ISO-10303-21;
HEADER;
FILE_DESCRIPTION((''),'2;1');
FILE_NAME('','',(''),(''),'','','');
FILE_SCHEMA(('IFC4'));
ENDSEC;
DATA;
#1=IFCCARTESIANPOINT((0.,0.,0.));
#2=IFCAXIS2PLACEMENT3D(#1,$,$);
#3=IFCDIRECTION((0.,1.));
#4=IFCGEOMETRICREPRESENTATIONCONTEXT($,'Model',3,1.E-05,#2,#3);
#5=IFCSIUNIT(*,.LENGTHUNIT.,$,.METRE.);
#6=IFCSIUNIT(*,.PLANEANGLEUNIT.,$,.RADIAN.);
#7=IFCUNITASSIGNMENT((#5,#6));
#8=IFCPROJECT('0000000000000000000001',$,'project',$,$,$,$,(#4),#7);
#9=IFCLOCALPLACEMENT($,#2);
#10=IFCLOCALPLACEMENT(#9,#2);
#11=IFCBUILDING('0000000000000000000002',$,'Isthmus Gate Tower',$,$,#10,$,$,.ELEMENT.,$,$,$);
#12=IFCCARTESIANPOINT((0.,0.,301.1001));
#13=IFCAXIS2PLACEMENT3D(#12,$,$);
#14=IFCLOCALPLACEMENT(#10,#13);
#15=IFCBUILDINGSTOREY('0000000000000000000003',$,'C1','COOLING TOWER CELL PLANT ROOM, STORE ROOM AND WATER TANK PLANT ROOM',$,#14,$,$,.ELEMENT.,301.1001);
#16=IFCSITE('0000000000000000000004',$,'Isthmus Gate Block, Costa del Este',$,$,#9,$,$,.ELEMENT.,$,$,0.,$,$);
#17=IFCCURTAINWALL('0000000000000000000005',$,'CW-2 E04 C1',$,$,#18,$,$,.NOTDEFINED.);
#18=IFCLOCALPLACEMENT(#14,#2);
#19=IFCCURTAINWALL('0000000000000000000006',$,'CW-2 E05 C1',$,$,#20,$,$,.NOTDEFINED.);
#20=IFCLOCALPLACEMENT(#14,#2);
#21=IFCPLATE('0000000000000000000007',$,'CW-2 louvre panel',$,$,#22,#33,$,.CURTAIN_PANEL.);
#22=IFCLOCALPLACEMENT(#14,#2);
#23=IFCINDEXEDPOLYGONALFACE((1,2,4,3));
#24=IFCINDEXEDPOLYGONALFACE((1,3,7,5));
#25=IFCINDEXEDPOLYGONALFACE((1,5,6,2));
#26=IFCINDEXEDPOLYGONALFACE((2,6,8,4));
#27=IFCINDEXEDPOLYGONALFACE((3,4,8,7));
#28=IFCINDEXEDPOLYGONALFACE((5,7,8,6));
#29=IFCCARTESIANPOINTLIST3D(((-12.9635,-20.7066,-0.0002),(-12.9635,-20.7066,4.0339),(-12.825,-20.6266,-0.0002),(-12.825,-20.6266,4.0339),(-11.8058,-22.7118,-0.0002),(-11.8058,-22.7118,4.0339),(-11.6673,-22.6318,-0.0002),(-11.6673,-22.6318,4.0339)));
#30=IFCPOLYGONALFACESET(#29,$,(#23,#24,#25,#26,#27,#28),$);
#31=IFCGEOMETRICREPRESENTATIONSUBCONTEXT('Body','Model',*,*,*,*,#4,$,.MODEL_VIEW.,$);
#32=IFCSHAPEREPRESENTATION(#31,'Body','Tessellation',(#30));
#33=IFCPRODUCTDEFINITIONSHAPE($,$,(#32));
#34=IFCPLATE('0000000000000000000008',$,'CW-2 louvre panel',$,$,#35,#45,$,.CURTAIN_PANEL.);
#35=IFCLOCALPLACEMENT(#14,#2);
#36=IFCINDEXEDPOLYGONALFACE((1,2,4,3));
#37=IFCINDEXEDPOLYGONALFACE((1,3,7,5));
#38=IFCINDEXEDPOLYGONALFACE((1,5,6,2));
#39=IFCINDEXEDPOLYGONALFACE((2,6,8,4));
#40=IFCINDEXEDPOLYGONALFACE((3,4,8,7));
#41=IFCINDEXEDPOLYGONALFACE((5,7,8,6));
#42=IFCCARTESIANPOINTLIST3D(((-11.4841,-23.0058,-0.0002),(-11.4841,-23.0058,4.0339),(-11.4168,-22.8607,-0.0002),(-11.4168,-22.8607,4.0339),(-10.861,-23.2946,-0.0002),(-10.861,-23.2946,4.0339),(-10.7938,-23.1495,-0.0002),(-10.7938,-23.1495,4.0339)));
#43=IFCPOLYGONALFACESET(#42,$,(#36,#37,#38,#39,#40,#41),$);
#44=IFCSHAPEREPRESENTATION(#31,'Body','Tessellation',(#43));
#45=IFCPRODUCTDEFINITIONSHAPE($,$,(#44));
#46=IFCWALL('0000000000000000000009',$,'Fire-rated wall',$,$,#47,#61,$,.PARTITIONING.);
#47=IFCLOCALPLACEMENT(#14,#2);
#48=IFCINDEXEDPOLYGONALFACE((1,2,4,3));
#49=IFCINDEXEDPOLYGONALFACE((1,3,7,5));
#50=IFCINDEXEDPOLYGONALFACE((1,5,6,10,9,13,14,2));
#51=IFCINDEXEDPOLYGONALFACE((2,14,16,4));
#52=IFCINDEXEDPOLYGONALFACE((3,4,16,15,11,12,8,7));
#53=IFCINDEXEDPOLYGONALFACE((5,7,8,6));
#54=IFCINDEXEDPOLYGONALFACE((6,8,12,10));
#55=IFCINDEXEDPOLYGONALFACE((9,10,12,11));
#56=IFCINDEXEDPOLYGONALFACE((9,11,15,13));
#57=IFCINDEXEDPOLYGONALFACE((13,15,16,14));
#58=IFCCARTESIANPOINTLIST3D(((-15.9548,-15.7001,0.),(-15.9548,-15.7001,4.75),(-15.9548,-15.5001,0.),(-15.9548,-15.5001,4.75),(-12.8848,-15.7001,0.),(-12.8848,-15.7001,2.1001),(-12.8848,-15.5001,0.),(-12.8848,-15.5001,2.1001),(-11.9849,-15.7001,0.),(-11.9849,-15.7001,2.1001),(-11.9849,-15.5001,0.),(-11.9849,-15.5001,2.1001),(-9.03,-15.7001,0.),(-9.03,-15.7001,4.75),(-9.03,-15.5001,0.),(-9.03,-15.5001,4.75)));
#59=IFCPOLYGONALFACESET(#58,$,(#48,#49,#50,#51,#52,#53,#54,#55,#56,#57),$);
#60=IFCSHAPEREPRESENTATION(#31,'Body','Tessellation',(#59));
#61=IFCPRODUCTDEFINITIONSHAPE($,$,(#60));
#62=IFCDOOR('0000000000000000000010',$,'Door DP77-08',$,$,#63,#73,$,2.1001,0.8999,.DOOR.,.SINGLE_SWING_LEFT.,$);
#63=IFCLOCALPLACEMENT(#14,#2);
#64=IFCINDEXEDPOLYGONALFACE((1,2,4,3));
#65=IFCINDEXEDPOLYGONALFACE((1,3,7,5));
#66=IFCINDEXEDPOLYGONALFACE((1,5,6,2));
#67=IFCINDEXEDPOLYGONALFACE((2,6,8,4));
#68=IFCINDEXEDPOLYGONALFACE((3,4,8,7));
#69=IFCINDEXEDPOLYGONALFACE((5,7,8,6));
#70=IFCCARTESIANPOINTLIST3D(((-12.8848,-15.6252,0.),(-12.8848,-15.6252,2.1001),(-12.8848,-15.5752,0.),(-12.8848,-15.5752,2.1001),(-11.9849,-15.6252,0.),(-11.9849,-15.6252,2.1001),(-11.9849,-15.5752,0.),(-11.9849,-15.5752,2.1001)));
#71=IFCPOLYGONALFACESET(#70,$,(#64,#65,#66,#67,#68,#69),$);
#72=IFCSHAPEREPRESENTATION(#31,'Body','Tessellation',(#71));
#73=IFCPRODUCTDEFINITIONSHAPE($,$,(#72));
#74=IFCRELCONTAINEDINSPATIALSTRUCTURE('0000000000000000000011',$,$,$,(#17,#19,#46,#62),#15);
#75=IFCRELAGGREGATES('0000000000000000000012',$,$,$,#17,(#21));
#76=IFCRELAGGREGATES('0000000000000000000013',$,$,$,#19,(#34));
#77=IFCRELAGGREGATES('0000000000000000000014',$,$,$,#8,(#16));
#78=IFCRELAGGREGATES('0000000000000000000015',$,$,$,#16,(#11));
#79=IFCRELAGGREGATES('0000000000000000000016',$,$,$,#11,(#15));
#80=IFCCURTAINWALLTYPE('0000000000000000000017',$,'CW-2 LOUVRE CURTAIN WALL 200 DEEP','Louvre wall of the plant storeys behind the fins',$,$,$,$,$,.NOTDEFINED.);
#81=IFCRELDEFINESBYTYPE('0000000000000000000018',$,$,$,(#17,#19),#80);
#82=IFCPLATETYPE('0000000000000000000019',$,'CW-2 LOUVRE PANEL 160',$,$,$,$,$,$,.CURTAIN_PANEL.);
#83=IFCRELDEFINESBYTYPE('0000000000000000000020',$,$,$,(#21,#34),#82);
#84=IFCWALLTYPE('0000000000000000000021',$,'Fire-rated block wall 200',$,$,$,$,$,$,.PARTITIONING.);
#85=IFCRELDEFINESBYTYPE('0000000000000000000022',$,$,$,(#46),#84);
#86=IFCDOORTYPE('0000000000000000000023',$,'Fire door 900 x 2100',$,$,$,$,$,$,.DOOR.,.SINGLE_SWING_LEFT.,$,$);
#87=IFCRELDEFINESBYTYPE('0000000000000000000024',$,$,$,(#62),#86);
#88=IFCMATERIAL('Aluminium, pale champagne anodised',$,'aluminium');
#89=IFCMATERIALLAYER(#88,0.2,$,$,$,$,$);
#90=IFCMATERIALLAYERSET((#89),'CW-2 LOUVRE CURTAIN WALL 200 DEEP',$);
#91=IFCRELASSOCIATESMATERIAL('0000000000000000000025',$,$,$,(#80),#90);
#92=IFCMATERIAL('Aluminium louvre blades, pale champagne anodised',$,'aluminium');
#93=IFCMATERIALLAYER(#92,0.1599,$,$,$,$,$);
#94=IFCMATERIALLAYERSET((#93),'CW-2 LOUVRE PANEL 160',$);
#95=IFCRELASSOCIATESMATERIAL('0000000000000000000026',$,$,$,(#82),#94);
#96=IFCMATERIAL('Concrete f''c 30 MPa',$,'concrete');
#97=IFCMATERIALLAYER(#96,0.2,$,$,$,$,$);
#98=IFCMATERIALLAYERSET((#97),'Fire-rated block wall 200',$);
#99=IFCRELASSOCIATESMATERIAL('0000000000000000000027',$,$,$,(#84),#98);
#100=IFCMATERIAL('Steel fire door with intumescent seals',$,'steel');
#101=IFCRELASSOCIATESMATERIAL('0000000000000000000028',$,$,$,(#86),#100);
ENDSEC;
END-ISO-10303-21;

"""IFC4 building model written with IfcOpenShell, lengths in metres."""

from ifc_helpers import new_model, si_unit, direction, frame, frame_2d, origin, origin_2d, place, context, subcontext, project, spatial, rectangle, extrude, material, layer, layer_set, type_object, element, fill, aggregate, save


model = new_model("IFC4")

# Units and contexts
model_context = context("Model", 3, precision=1e-05, world=origin(), true_north=direction((0.0, 1.0)))
body_context = subcontext(model_context, "Body", "Model", "MODEL_VIEW")
ifc_project = project(units=[si_unit("LENGTHUNIT", "METRE"), si_unit("PLANEANGLEUNIT", "RADIAN")], contexts=[model_context])

# Site, building, storey
site_placement = place(None, origin())
site = spatial("IfcSite", under=ifc_project, at=site_placement, Name="Isthmus Gate Block, Costa del Este", CompositionType="ELEMENT", RefElevation=0.0)
building_placement = place(site_placement, origin())
building = spatial("IfcBuilding", under=site, at=building_placement, Name="Isthmus Gate Tower", CompositionType="ELEMENT")
storey_placement = place(building_placement, frame((0.0, 0.0, 301.1001)))
storey = spatial("IfcBuildingStorey", under=building, at=storey_placement, Name="C1", Description="COOLING TOWER CELL PLANT ROOM, STORE ROOM AND WATER TANK PLANT ROOM", CompositionType="ELEMENT", Elevation=301.1001)

# Curtain wall
ifc_material_1 = material(Name="Aluminium, pale champagne anodised", Category="aluminium")
ifc_layer_1 = layer(ifc_material_1, 0.2)
ifc_layer_set_1 = layer_set([ifc_layer_1], Name="CW-2 LOUVRE CURTAIN WALL 200 DEEP")
curtain_wall_type = type_object("IfcCurtainWallType", Name="CW-2 LOUVRE CURTAIN WALL 200 DEEP", Description="Louvre wall of the plant storeys behind the fins", PredefinedType="NOTDEFINED", material=ifc_layer_set_1)
curtain_wall_1_placement = place(storey_placement, origin())
curtain_wall_1 = element("IfcCurtainWall", 1, at=curtain_wall_1_placement, inside=storey, type_object=curtain_wall_type, Name="CW-2 E04 C1", PredefinedType="NOTDEFINED")

# Curtain wall
curtain_wall_2_placement = place(storey_placement, origin())
curtain_wall_2 = element("IfcCurtainWall", 2, at=curtain_wall_2_placement, inside=storey, type_object=curtain_wall_type, Name="CW-2 E05 C1", PredefinedType="NOTDEFINED")

# Plates
ifc_material_2 = material(Name="Aluminium louvre blades, pale champagne anodised", Category="aluminium")
ifc_layer_2 = layer(ifc_material_2, 0.1599)
ifc_layer_set_2 = layer_set([ifc_layer_2], Name="CW-2 LOUVRE PANEL 160")
plate_type = type_object("IfcPlateType", Name="CW-2 LOUVRE PANEL 160", PredefinedType="CURTAIN_PANEL", material=ifc_layer_set_2)
plate_1_placement = place(storey_placement, frame((-12.3154, -21.6692, -0.0002), z_axis=(0.0, 0.0, 1.0), x_axis=(0.5, -0.866025, 0.0)))
plate_1 = element("IfcPlate", 3, at=plate_1_placement, type_object=plate_type, Name="CW-2 louvre panel", PredefinedType="CURTAIN_PANEL", context=body_context, shape_type="SweptSolid", body=[
    extrude(rectangle(XDim=2.3154, YDim=0.1599, at=origin_2d()), origin(), (0.0, 0.0, 1.0), 4.0342),
])
aggregate(curtain_wall_1, [plate_1])
plate_2_placement = place(storey_placement, frame((-11.1389, -23.0776, -0.0002), z_axis=(0.0, 0.0, 1.0), x_axis=(0.907256, -0.420578, 0.0)))
plate_2 = element("IfcPlate", 4, at=plate_2_placement, type_object=plate_type, Name="CW-2 louvre panel", PredefinedType="CURTAIN_PANEL", context=body_context, shape_type="SweptSolid", body=[
    extrude(rectangle(XDim=0.6868, YDim=0.1599, at=origin_2d()), origin(), (0.0, 0.0, 1.0), 4.0342),
])
aggregate(curtain_wall_2, [plate_2])

# Wall, opening, door
ifc_material_3 = material(Name="Concrete f'c 30 MPa", Category="concrete")
ifc_layer_3 = layer(ifc_material_3, 0.2)
ifc_layer_set_3 = layer_set([ifc_layer_3], Name="Fire-rated block wall 200")
wall_type = type_object("IfcWallType", Name="Fire-rated block wall 200", PredefinedType="PARTITIONING", material=ifc_layer_set_3)
wall_placement = place(storey_placement, frame((-15.9548, -15.6001, 0.0), z_axis=(0.0, 0.0, 1.0), x_axis=(1.0, 0.0, 0.0)))
wall = element("IfcWall", 5, at=wall_placement, inside=storey, type_object=wall_type, Name="Fire-rated wall", PredefinedType="PARTITIONING", context=body_context, shape_type="SweptSolid", body=[
    extrude(rectangle(XDim=6.9248, YDim=0.2, at=frame_2d((3.4624, 0.0))), origin(), (0.0, 0.0, 1.0), 4.75),
])
opening_placement = place(wall_placement, frame((3.0701, 0.0, 0.0)))
opening = element("IfcOpeningElement", 6, at=opening_placement, cuts=wall, PredefinedType="OPENING", context=body_context, shape_type="SweptSolid", body=[
    extrude(rectangle(XDim=0.8999, YDim=2.1001, at=frame_2d((0.45, 1.05))), frame((0.0, 0.1099, 0.0), z_axis=(0.0, -1.0, 0.0), x_axis=(1.0, 0.0, 0.0)), (0.0, 0.0, 1.0), 0.22),
])
ifc_material_4 = material(Name="Steel fire door with intumescent seals", Category="steel")
door_type = type_object("IfcDoorType", Name="Fire door 900 x 2100", OperationType="SINGLE_SWING_LEFT", PredefinedType="DOOR", material=ifc_material_4)
door_placement = place(opening_placement, origin())
door = element("IfcDoor", 7, at=door_placement, inside=storey, type_object=door_type, Name="Door DP77-08", OperationType="SINGLE_SWING_LEFT", OverallHeight=2.1001, OverallWidth=0.8999, PredefinedType="DOOR", context=body_context, shape_type="SweptSolid", body=[
    extrude(rectangle(XDim=0.8999, YDim=2.1001, at=frame_2d((0.45, 1.05))), frame((0.0, 0.0249, 0.0), z_axis=(0.0, -1.0, 0.0), x_axis=(1.0, 0.0, 0.0)), (0.0, 0.0, 1.0), 0.05),
])
fill(opening, door)

save(model, "model.ifc")
